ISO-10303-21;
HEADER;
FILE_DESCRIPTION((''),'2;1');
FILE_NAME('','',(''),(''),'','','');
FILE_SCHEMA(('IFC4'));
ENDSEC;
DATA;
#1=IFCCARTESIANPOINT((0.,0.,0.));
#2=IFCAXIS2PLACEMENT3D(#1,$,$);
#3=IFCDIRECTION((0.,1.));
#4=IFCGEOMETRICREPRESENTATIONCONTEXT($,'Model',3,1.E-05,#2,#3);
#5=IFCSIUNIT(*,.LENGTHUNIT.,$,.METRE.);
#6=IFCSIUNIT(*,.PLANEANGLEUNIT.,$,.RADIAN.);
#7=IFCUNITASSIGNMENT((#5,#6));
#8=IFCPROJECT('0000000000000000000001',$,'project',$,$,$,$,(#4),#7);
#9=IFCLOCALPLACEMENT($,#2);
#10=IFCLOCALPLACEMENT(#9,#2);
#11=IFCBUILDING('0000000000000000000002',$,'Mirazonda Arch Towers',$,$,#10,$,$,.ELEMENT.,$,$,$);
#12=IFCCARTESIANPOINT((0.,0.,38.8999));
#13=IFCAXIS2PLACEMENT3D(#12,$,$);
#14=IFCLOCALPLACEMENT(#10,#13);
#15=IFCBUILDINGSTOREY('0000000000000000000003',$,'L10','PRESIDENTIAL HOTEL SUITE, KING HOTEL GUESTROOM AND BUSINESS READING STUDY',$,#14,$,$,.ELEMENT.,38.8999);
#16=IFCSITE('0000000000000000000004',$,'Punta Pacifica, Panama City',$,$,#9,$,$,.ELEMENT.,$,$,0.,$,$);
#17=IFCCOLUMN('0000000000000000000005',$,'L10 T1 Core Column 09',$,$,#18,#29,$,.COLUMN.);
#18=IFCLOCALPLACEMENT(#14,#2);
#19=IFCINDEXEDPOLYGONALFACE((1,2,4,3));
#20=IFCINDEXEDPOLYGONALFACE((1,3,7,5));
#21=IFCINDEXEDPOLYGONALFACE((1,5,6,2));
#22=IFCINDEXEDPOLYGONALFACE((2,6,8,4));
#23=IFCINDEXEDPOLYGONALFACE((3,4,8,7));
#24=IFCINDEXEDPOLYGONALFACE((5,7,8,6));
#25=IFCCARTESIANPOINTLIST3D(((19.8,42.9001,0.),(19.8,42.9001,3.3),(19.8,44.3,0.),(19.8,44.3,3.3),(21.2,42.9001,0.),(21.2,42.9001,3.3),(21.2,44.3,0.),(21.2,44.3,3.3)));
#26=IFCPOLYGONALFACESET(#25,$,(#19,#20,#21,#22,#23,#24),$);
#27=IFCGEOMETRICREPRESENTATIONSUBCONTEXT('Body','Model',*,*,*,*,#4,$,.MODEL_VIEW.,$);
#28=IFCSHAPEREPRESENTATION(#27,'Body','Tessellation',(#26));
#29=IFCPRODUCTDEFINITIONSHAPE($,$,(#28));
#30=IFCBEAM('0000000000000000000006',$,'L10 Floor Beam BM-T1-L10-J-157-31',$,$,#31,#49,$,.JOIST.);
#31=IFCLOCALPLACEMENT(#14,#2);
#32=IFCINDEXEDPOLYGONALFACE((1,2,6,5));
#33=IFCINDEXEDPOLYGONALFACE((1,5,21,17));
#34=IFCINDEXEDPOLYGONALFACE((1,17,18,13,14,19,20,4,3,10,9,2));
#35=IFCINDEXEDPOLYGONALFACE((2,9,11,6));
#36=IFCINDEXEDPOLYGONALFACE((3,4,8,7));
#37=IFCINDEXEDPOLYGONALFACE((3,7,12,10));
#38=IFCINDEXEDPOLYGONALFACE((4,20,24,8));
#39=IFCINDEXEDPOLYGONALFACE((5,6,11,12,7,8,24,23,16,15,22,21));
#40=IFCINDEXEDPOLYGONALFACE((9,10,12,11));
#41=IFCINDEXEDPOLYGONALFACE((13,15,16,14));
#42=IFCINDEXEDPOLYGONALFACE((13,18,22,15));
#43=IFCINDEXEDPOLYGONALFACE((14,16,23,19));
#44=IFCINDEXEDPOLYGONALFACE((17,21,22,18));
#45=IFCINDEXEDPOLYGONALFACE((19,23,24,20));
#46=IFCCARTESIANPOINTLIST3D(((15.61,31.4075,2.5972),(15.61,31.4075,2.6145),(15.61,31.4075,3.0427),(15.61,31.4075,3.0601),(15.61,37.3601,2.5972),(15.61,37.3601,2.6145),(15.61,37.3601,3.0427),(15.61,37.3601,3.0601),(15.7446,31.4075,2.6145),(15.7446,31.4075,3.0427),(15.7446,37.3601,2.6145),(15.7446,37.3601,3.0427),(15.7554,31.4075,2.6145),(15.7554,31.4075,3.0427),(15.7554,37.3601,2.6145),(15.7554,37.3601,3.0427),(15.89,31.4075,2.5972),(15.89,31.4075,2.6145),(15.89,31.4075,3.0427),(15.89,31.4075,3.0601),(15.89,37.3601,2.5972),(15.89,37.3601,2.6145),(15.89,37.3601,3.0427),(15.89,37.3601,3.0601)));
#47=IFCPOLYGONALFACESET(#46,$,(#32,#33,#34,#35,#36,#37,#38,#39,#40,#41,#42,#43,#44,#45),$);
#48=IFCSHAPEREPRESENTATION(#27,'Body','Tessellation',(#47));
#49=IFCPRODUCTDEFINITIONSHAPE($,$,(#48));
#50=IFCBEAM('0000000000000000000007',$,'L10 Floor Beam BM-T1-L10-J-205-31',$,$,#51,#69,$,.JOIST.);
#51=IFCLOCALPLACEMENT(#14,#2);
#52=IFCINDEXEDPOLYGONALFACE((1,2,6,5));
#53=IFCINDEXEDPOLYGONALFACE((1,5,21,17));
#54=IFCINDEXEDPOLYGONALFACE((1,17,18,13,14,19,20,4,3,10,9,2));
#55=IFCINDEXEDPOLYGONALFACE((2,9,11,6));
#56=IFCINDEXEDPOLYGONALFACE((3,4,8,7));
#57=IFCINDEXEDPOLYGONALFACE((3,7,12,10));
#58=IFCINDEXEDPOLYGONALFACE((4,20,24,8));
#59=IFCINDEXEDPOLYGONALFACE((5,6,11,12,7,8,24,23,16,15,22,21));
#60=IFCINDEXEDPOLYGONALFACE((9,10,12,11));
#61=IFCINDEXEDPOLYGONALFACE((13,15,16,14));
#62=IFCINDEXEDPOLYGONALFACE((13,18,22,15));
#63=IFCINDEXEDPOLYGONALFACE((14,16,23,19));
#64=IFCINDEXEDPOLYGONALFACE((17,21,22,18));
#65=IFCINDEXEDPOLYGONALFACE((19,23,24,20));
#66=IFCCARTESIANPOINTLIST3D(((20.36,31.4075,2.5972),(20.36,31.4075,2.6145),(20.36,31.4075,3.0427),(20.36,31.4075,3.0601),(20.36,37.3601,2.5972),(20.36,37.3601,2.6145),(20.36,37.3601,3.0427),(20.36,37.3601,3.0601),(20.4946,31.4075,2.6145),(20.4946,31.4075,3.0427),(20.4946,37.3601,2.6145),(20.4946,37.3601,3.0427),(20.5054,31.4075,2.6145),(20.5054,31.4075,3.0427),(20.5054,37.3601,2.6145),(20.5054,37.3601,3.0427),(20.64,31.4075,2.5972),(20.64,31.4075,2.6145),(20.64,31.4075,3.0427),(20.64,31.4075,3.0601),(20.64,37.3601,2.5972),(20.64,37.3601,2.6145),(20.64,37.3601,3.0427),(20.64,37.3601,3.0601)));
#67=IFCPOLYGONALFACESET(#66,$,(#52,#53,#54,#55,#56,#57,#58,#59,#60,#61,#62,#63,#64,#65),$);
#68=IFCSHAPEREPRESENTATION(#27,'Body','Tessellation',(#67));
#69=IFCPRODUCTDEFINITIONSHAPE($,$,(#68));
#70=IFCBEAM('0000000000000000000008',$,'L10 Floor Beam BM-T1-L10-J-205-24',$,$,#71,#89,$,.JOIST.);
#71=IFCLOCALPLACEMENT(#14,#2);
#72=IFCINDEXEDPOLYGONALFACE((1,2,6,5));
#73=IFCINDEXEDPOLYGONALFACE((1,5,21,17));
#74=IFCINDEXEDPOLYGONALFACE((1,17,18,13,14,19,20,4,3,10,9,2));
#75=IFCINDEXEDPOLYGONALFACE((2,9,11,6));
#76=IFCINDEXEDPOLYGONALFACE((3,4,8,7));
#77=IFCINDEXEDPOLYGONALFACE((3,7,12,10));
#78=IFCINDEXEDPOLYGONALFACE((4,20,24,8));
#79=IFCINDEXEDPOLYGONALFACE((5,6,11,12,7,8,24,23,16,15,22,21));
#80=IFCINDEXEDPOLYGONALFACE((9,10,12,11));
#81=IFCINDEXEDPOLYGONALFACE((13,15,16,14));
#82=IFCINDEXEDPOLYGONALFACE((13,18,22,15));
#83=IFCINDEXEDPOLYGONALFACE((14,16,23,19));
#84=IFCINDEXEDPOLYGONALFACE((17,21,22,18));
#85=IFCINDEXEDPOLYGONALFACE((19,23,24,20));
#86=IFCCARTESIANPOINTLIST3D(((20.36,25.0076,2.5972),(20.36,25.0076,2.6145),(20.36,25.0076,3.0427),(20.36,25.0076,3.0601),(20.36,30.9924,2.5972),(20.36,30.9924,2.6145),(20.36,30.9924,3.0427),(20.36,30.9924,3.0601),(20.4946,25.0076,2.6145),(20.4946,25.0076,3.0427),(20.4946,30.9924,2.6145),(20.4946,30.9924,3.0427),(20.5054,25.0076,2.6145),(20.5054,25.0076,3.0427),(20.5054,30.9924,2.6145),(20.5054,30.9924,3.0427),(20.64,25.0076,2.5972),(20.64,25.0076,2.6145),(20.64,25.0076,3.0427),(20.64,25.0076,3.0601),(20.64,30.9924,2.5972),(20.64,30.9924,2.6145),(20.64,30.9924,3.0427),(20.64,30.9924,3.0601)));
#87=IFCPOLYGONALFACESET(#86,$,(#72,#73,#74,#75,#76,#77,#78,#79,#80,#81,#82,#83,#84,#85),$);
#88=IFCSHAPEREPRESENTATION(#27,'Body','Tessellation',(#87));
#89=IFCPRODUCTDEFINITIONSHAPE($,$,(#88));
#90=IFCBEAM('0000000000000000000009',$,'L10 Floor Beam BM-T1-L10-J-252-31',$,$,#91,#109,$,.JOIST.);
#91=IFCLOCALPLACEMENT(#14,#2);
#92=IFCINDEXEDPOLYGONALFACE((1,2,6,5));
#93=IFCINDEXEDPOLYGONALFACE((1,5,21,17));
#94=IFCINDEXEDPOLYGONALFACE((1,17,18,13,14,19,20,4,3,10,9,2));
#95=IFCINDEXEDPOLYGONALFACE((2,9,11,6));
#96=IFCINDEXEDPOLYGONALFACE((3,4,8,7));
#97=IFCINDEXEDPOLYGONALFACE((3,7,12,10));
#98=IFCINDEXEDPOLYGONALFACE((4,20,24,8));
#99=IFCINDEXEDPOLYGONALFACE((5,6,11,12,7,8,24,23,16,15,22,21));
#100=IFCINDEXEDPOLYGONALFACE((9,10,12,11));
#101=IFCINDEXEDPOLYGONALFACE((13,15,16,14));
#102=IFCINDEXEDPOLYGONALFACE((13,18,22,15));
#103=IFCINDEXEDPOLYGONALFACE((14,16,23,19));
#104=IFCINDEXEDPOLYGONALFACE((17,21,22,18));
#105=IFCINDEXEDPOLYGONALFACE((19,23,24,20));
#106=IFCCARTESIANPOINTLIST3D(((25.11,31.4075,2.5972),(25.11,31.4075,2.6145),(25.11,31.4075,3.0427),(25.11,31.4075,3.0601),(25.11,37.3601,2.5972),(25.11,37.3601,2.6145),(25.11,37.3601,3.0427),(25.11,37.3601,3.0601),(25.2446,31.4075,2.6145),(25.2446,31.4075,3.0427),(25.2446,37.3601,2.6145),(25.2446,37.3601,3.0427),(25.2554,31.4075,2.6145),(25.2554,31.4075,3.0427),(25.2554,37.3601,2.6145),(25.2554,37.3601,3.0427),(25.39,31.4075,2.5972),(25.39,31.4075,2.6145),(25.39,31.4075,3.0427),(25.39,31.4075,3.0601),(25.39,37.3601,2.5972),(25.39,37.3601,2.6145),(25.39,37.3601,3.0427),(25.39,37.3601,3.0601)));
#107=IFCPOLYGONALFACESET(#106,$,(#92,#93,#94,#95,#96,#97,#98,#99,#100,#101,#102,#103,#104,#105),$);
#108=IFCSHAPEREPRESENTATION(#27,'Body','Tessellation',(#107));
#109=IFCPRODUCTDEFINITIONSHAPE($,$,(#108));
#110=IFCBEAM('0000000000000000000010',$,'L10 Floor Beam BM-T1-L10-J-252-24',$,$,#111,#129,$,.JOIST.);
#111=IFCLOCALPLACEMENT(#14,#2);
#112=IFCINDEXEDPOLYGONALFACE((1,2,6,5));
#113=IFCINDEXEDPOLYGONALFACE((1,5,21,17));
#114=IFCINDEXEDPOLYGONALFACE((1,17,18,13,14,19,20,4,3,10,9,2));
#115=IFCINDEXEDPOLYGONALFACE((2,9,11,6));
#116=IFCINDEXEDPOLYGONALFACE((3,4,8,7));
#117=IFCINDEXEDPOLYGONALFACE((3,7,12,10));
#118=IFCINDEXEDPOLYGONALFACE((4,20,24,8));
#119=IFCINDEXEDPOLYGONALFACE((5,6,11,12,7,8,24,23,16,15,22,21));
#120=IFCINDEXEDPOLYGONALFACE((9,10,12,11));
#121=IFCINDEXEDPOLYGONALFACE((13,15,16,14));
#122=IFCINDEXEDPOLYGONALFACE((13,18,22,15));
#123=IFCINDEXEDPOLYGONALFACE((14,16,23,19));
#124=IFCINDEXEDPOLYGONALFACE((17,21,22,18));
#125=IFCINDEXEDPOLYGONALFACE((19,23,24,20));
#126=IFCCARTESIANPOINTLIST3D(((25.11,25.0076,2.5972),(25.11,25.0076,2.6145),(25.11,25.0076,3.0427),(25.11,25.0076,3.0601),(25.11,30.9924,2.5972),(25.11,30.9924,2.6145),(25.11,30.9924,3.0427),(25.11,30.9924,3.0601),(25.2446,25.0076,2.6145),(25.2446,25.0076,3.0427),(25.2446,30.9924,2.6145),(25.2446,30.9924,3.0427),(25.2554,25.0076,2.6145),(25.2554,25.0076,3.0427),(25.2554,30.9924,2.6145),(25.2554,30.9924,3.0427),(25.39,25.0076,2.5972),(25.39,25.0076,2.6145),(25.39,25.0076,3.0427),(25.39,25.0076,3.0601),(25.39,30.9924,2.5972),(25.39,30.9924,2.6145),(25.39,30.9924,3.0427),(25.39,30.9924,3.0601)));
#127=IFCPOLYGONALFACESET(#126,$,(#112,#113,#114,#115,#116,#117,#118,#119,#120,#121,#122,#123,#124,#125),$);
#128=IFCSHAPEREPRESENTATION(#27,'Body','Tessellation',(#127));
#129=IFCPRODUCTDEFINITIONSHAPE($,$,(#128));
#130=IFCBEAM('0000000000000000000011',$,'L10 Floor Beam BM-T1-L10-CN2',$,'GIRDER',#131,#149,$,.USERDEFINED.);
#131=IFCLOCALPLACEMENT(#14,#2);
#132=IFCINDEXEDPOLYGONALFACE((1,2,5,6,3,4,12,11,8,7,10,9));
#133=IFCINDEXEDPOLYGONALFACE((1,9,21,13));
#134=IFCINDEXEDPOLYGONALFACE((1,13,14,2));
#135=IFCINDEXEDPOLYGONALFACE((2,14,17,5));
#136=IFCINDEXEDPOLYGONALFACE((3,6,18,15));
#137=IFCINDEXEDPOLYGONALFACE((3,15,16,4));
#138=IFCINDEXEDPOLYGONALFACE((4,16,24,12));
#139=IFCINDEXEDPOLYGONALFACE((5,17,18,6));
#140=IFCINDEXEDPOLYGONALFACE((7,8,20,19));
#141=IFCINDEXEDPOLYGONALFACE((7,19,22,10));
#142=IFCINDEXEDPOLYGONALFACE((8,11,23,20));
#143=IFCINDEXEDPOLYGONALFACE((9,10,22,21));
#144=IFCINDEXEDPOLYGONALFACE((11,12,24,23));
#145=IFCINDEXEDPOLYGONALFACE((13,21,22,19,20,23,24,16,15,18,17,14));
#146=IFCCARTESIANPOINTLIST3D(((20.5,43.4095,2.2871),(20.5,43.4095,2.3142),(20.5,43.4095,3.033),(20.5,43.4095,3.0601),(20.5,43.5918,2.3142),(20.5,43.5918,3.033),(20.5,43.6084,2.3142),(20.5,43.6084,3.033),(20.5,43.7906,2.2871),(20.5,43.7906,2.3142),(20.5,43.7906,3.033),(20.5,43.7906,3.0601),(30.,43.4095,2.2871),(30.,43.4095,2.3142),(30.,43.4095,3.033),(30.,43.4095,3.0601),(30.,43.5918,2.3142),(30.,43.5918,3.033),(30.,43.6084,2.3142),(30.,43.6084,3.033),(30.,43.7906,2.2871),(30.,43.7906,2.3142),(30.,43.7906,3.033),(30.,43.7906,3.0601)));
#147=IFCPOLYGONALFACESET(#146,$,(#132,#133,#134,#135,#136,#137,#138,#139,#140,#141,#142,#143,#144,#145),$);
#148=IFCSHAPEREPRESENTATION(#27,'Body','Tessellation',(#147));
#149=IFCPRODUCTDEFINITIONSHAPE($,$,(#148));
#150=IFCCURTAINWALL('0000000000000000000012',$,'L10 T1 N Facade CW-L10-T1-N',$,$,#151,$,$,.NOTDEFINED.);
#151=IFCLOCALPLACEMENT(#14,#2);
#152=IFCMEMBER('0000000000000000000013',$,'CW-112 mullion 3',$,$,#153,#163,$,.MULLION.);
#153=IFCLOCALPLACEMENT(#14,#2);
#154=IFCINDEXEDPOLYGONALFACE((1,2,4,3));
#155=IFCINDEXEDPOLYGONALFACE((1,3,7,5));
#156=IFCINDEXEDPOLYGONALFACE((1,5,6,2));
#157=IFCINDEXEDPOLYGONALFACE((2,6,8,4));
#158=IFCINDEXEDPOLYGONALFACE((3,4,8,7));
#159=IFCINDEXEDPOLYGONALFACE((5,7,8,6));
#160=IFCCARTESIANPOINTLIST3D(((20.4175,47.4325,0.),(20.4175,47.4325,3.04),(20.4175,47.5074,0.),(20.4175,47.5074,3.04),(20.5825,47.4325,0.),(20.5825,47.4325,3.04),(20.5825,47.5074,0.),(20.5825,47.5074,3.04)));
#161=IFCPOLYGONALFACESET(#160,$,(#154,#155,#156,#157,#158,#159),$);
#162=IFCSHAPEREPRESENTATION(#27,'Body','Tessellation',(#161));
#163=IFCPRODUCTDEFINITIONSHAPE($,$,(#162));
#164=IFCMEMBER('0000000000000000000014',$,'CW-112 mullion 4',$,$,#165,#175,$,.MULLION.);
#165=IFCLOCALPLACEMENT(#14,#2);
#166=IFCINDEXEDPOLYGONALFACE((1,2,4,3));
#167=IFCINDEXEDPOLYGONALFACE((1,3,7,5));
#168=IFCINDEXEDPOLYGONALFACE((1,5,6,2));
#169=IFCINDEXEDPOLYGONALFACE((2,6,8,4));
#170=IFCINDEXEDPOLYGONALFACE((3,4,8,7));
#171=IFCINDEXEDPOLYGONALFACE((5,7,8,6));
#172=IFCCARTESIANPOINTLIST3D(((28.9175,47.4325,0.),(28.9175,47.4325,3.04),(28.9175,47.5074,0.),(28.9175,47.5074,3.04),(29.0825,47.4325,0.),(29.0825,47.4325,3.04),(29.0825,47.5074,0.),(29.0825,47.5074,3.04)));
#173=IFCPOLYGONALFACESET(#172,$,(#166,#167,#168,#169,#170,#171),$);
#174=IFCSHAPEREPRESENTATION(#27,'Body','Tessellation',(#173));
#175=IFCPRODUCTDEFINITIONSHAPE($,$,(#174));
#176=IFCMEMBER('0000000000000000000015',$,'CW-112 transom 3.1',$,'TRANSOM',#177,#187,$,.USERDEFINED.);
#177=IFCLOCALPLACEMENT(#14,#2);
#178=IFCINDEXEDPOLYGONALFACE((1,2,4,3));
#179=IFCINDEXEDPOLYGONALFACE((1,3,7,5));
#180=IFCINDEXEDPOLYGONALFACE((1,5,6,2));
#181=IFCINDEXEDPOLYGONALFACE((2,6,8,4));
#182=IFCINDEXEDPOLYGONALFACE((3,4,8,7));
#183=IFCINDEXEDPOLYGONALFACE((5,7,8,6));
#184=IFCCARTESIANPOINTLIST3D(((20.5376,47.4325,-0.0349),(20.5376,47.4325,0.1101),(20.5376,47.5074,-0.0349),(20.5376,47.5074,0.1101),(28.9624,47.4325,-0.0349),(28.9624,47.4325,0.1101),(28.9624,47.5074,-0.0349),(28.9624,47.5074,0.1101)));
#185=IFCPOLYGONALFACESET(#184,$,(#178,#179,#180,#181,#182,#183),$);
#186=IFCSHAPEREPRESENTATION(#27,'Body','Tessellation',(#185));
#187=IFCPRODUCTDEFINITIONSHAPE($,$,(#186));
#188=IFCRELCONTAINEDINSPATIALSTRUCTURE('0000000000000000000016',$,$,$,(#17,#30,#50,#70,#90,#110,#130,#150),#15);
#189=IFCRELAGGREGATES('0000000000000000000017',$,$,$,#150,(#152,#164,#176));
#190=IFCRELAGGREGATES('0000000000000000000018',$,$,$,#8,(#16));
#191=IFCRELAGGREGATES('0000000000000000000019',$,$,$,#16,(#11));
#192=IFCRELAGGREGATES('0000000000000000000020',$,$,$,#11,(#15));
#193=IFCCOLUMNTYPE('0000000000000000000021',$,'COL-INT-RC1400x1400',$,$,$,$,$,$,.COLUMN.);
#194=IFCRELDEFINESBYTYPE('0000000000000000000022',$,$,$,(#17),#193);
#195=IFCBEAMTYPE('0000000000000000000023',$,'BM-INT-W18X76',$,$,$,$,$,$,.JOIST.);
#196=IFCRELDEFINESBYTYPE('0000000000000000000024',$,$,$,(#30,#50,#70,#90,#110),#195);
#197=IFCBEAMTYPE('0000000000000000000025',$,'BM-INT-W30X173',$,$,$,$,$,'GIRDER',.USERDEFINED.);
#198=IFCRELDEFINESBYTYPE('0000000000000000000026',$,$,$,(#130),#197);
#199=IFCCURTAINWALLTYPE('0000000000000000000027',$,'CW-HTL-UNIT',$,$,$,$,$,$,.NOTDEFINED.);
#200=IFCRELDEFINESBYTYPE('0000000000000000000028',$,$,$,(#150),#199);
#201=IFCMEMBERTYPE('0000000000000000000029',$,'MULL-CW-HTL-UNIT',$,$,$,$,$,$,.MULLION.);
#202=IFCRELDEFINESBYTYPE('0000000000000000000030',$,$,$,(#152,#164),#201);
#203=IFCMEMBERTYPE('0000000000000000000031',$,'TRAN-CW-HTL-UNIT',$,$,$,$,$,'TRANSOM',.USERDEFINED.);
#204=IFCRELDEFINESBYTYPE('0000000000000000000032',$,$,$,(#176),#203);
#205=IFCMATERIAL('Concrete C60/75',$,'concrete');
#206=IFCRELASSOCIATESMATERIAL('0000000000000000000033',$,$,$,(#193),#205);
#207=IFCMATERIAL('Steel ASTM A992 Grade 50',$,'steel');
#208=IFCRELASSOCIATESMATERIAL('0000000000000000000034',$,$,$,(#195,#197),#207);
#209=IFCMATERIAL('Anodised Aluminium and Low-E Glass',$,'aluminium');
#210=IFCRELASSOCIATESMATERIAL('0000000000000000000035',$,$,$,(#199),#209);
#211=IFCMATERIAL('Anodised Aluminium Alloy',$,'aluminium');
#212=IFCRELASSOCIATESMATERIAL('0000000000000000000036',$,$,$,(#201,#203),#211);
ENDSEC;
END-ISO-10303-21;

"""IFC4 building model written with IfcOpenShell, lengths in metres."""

from ifc_helpers import new_model, si_unit, direction, frame, origin, origin_2d, place, context, subcontext, project, spatial, rectangle, i_section, extrude, material, material_profile, profile_set, type_object, element, aggregate, save


model = new_model("IFC4")

# Units and contexts
model_context = context("Model", 3, precision=1e-05, world=origin(), true_north=direction((0.0, 1.0)))
body_context = subcontext(model_context, "Body", "Model", "MODEL_VIEW")
ifc_project = project(units=[si_unit("LENGTHUNIT", "METRE"), si_unit("PLANEANGLEUNIT", "RADIAN")], contexts=[model_context])

# Site, building, storey
site_placement = place(None, origin())
site = spatial("IfcSite", under=ifc_project, at=site_placement, Name="Punta Pacifica, Panama City", CompositionType="ELEMENT", RefElevation=0.0)
building_placement = place(site_placement, origin())
building = spatial("IfcBuilding", under=site, at=building_placement, Name="Mirazonda Arch Towers", CompositionType="ELEMENT")
storey_placement = place(building_placement, frame((0.0, 0.0, 38.8999)))
storey = spatial("IfcBuildingStorey", under=building, at=storey_placement, Name="L10", Description="PRESIDENTIAL HOTEL SUITE, KING HOTEL GUESTROOM AND BUSINESS READING STUDY", CompositionType="ELEMENT", Elevation=38.8999)

# Column
ifc_material_1 = material(Name="Concrete C60/75", Category="concrete")
ifc_material_profile_1 = material_profile(ifc_material_1, rectangle(XDim=1.3999, YDim=1.3999, at=origin_2d()), Name="RC1400x1400")
ifc_profile_set_1 = profile_set([ifc_material_profile_1], Name="Concrete C60/75")
column_type = type_object("IfcColumnType", Name="COL-INT-RC1400x1400", PredefinedType="COLUMN", material=ifc_profile_set_1)
column_placement = place(storey_placement, frame((20.5, 43.6001, 0.0), z_axis=(0.0, 0.0, 1.0), x_axis=(1.0, 0.0, 0.0)))
element("IfcColumn", 1, at=column_placement, inside=storey, type_object=column_type, Name="L10 T1 Core Column 09", PredefinedType="COLUMN", context=body_context, shape_type="SweptSolid", body=[
    extrude(rectangle(XDim=1.3999, YDim=1.3999, at=origin_2d()), origin(), (0.0, 0.0, 1.0), 3.3),
])

# Beams
ifc_material_2 = material(Name="Steel ASTM A992 Grade 50", Category="steel")
ifc_material_profile_2 = material_profile(ifc_material_2, i_section(OverallWidth=0.28, OverallDepth=0.4629, WebThickness=0.0107, FlangeThickness=0.0173, at=origin_2d()), Name="W18X76")
ifc_profile_set_2 = profile_set([ifc_material_profile_2], Name="Steel ASTM A992 Grade 50")
beam_type_1 = type_object("IfcBeamType", Name="BM-INT-W18X76", PredefinedType="JOIST", material=ifc_profile_set_2)
for number, where, z_axis, x_axis, name in (
    (2, (15.75, 31.4075, 2.8286), (0.0, 1.0, 0.0), (-1.0, 0.0, 0.0), "L10 Floor Beam BM-T1-L10-J-157-31"),
    (3, (20.5, 31.4075, 2.8286), (0.0, 1.0, 0.0), (-1.0, 0.0, 0.0), "L10 Floor Beam BM-T1-L10-J-205-31"),
):
    element("IfcBeam", number, at=place(storey_placement, frame(where, z_axis=z_axis, x_axis=x_axis)), inside=storey, type_object=beam_type_1, Name=name, PredefinedType="JOIST", context=body_context, shape_type="SweptSolid", body=[
        extrude(i_section(OverallWidth=0.28, OverallDepth=0.4629, WebThickness=0.0107, FlangeThickness=0.0173, at=origin_2d()), origin(), (0.0, 0.0, 1.0), 5.9526),
    ])
beam_1_placement = place(storey_placement, frame((20.5, 25.0076, 2.8286), z_axis=(0.0, 1.0, 0.0), x_axis=(-1.0, 0.0, 0.0)))
element("IfcBeam", 4, at=beam_1_placement, inside=storey, type_object=beam_type_1, Name="L10 Floor Beam BM-T1-L10-J-205-24", PredefinedType="JOIST", context=body_context, shape_type="SweptSolid", body=[
    extrude(i_section(OverallWidth=0.28, OverallDepth=0.4629, WebThickness=0.0107, FlangeThickness=0.0173, at=origin_2d()), origin(), (0.0, 0.0, 1.0), 5.9849),
])
beam_2_placement = place(storey_placement, frame((25.25, 31.4075, 2.8286), z_axis=(0.0, 1.0, 0.0), x_axis=(-1.0, 0.0, 0.0)))
element("IfcBeam", 5, at=beam_2_placement, inside=storey, type_object=beam_type_1, Name="L10 Floor Beam BM-T1-L10-J-252-31", PredefinedType="JOIST", context=body_context, shape_type="SweptSolid", body=[
    extrude(i_section(OverallWidth=0.28, OverallDepth=0.4629, WebThickness=0.0107, FlangeThickness=0.0173, at=origin_2d()), origin(), (0.0, 0.0, 1.0), 5.9526),
])
beam_3_placement = place(storey_placement, frame((25.25, 25.0076, 2.8286), z_axis=(0.0, 1.0, 0.0), x_axis=(-1.0, 0.0, 0.0)))
element("IfcBeam", 6, at=beam_3_placement, inside=storey, type_object=beam_type_1, Name="L10 Floor Beam BM-T1-L10-J-252-24", PredefinedType="JOIST", context=body_context, shape_type="SweptSolid", body=[
    extrude(i_section(OverallWidth=0.28, OverallDepth=0.4629, WebThickness=0.0107, FlangeThickness=0.0173, at=origin_2d()), origin(), (0.0, 0.0, 1.0), 5.9849),
])
ifc_material_profile_3 = material_profile(ifc_material_2, i_section(OverallWidth=0.3811, OverallDepth=0.7729, WebThickness=0.0166, FlangeThickness=0.0271, at=origin_2d()), Name="W30X173")
ifc_profile_set_3 = profile_set([ifc_material_profile_3], Name="Steel ASTM A992 Grade 50")
beam_type_2 = type_object("IfcBeamType", Name="BM-INT-W30X173", ElementType="GIRDER", PredefinedType="USERDEFINED", material=ifc_profile_set_3)
beam_4_placement = place(storey_placement, frame((20.5, 43.6001, 2.6736), z_axis=(1.0, 0.0, 0.0), x_axis=(0.0, 1.0, 0.0)))
element("IfcBeam", 7, at=beam_4_placement, inside=storey, type_object=beam_type_2, Name="L10 Floor Beam BM-T1-L10-CN2", ObjectType="GIRDER", PredefinedType="USERDEFINED", context=body_context, shape_type="SweptSolid", body=[
    extrude(i_section(OverallWidth=0.3811, OverallDepth=0.7729, WebThickness=0.0166, FlangeThickness=0.0271, at=origin_2d()), origin(), (0.0, 0.0, 1.0), 9.5),
])

# Curtain wall, members
ifc_material_3 = material(Name="Anodised Aluminium and Low-E Glass", Category="aluminium")
curtain_wall_type = type_object("IfcCurtainWallType", Name="CW-HTL-UNIT", PredefinedType="NOTDEFINED", material=ifc_material_3)
curtain_wall_placement = place(storey_placement, origin())
curtain_wall = element("IfcCurtainWall", 8, at=curtain_wall_placement, inside=storey, type_object=curtain_wall_type, Name="L10 T1 N Facade CW-L10-T1-N", PredefinedType="NOTDEFINED")
ifc_material_4 = material(Name="Anodised Aluminium Alloy", Category="aluminium")
ifc_material_profile_4 = material_profile(ifc_material_4, rectangle(XDim=0.075, YDim=0.165, at=origin_2d()), Name="ALU-MULL-75x165")
ifc_profile_set_4 = profile_set([ifc_material_profile_4], Name="Anodised Aluminium Alloy")
member_type_1 = type_object("IfcMemberType", Name="MULL-CW-HTL-UNIT", PredefinedType="MULLION", material=ifc_profile_set_4)
member_1_placement = place(storey_placement, frame((20.5, 47.47, 0.0), z_axis=(0.0, 0.0, 1.0), x_axis=(0.0, 1.0, 0.0)))
member_1 = element("IfcMember", 9, at=member_1_placement, type_object=member_type_1, Name="CW-112 mullion 3", PredefinedType="MULLION", context=body_context, shape_type="SweptSolid", body=[
    extrude(rectangle(XDim=0.075, YDim=0.165, at=origin_2d()), origin(), (0.0, 0.0, 1.0), 3.04),
])
member_2_placement = place(storey_placement, frame((29.0, 47.47, 0.0), z_axis=(0.0, 0.0, 1.0), x_axis=(0.0, 1.0, 0.0)))
member_2 = element("IfcMember", 10, at=member_2_placement, type_object=member_type_1, Name="CW-112 mullion 4", PredefinedType="MULLION", context=body_context, shape_type="SweptSolid", body=[
    extrude(rectangle(XDim=0.075, YDim=0.165, at=origin_2d()), origin(), (0.0, 0.0, 1.0), 3.04),
])
ifc_material_profile_5 = material_profile(ifc_material_4, rectangle(XDim=0.075, YDim=0.145, at=origin_2d()), Name="ALU-TRAN-75x145")
ifc_profile_set_5 = profile_set([ifc_material_profile_5], Name="Anodised Aluminium Alloy")
member_type_2 = type_object("IfcMemberType", Name="TRAN-CW-HTL-UNIT", ElementType="TRANSOM", PredefinedType="USERDEFINED", material=ifc_profile_set_5)
member_3_placement = place(storey_placement, frame((20.5376, 47.47, 0.0376), z_axis=(1.0, 0.0, 0.0), x_axis=(0.0, 1.0, 0.0)))
member_3 = element("IfcMember", 11, at=member_3_placement, type_object=member_type_2, Name="CW-112 transom 3.1", ObjectType="TRANSOM", PredefinedType="USERDEFINED", context=body_context, shape_type="SweptSolid", body=[
    extrude(rectangle(XDim=0.075, YDim=0.145, at=origin_2d()), origin(), (0.0, 0.0, 1.0), 8.4248),
])
aggregate(curtain_wall, [member_1, member_2, member_3])

save(model, "model.ifc")
